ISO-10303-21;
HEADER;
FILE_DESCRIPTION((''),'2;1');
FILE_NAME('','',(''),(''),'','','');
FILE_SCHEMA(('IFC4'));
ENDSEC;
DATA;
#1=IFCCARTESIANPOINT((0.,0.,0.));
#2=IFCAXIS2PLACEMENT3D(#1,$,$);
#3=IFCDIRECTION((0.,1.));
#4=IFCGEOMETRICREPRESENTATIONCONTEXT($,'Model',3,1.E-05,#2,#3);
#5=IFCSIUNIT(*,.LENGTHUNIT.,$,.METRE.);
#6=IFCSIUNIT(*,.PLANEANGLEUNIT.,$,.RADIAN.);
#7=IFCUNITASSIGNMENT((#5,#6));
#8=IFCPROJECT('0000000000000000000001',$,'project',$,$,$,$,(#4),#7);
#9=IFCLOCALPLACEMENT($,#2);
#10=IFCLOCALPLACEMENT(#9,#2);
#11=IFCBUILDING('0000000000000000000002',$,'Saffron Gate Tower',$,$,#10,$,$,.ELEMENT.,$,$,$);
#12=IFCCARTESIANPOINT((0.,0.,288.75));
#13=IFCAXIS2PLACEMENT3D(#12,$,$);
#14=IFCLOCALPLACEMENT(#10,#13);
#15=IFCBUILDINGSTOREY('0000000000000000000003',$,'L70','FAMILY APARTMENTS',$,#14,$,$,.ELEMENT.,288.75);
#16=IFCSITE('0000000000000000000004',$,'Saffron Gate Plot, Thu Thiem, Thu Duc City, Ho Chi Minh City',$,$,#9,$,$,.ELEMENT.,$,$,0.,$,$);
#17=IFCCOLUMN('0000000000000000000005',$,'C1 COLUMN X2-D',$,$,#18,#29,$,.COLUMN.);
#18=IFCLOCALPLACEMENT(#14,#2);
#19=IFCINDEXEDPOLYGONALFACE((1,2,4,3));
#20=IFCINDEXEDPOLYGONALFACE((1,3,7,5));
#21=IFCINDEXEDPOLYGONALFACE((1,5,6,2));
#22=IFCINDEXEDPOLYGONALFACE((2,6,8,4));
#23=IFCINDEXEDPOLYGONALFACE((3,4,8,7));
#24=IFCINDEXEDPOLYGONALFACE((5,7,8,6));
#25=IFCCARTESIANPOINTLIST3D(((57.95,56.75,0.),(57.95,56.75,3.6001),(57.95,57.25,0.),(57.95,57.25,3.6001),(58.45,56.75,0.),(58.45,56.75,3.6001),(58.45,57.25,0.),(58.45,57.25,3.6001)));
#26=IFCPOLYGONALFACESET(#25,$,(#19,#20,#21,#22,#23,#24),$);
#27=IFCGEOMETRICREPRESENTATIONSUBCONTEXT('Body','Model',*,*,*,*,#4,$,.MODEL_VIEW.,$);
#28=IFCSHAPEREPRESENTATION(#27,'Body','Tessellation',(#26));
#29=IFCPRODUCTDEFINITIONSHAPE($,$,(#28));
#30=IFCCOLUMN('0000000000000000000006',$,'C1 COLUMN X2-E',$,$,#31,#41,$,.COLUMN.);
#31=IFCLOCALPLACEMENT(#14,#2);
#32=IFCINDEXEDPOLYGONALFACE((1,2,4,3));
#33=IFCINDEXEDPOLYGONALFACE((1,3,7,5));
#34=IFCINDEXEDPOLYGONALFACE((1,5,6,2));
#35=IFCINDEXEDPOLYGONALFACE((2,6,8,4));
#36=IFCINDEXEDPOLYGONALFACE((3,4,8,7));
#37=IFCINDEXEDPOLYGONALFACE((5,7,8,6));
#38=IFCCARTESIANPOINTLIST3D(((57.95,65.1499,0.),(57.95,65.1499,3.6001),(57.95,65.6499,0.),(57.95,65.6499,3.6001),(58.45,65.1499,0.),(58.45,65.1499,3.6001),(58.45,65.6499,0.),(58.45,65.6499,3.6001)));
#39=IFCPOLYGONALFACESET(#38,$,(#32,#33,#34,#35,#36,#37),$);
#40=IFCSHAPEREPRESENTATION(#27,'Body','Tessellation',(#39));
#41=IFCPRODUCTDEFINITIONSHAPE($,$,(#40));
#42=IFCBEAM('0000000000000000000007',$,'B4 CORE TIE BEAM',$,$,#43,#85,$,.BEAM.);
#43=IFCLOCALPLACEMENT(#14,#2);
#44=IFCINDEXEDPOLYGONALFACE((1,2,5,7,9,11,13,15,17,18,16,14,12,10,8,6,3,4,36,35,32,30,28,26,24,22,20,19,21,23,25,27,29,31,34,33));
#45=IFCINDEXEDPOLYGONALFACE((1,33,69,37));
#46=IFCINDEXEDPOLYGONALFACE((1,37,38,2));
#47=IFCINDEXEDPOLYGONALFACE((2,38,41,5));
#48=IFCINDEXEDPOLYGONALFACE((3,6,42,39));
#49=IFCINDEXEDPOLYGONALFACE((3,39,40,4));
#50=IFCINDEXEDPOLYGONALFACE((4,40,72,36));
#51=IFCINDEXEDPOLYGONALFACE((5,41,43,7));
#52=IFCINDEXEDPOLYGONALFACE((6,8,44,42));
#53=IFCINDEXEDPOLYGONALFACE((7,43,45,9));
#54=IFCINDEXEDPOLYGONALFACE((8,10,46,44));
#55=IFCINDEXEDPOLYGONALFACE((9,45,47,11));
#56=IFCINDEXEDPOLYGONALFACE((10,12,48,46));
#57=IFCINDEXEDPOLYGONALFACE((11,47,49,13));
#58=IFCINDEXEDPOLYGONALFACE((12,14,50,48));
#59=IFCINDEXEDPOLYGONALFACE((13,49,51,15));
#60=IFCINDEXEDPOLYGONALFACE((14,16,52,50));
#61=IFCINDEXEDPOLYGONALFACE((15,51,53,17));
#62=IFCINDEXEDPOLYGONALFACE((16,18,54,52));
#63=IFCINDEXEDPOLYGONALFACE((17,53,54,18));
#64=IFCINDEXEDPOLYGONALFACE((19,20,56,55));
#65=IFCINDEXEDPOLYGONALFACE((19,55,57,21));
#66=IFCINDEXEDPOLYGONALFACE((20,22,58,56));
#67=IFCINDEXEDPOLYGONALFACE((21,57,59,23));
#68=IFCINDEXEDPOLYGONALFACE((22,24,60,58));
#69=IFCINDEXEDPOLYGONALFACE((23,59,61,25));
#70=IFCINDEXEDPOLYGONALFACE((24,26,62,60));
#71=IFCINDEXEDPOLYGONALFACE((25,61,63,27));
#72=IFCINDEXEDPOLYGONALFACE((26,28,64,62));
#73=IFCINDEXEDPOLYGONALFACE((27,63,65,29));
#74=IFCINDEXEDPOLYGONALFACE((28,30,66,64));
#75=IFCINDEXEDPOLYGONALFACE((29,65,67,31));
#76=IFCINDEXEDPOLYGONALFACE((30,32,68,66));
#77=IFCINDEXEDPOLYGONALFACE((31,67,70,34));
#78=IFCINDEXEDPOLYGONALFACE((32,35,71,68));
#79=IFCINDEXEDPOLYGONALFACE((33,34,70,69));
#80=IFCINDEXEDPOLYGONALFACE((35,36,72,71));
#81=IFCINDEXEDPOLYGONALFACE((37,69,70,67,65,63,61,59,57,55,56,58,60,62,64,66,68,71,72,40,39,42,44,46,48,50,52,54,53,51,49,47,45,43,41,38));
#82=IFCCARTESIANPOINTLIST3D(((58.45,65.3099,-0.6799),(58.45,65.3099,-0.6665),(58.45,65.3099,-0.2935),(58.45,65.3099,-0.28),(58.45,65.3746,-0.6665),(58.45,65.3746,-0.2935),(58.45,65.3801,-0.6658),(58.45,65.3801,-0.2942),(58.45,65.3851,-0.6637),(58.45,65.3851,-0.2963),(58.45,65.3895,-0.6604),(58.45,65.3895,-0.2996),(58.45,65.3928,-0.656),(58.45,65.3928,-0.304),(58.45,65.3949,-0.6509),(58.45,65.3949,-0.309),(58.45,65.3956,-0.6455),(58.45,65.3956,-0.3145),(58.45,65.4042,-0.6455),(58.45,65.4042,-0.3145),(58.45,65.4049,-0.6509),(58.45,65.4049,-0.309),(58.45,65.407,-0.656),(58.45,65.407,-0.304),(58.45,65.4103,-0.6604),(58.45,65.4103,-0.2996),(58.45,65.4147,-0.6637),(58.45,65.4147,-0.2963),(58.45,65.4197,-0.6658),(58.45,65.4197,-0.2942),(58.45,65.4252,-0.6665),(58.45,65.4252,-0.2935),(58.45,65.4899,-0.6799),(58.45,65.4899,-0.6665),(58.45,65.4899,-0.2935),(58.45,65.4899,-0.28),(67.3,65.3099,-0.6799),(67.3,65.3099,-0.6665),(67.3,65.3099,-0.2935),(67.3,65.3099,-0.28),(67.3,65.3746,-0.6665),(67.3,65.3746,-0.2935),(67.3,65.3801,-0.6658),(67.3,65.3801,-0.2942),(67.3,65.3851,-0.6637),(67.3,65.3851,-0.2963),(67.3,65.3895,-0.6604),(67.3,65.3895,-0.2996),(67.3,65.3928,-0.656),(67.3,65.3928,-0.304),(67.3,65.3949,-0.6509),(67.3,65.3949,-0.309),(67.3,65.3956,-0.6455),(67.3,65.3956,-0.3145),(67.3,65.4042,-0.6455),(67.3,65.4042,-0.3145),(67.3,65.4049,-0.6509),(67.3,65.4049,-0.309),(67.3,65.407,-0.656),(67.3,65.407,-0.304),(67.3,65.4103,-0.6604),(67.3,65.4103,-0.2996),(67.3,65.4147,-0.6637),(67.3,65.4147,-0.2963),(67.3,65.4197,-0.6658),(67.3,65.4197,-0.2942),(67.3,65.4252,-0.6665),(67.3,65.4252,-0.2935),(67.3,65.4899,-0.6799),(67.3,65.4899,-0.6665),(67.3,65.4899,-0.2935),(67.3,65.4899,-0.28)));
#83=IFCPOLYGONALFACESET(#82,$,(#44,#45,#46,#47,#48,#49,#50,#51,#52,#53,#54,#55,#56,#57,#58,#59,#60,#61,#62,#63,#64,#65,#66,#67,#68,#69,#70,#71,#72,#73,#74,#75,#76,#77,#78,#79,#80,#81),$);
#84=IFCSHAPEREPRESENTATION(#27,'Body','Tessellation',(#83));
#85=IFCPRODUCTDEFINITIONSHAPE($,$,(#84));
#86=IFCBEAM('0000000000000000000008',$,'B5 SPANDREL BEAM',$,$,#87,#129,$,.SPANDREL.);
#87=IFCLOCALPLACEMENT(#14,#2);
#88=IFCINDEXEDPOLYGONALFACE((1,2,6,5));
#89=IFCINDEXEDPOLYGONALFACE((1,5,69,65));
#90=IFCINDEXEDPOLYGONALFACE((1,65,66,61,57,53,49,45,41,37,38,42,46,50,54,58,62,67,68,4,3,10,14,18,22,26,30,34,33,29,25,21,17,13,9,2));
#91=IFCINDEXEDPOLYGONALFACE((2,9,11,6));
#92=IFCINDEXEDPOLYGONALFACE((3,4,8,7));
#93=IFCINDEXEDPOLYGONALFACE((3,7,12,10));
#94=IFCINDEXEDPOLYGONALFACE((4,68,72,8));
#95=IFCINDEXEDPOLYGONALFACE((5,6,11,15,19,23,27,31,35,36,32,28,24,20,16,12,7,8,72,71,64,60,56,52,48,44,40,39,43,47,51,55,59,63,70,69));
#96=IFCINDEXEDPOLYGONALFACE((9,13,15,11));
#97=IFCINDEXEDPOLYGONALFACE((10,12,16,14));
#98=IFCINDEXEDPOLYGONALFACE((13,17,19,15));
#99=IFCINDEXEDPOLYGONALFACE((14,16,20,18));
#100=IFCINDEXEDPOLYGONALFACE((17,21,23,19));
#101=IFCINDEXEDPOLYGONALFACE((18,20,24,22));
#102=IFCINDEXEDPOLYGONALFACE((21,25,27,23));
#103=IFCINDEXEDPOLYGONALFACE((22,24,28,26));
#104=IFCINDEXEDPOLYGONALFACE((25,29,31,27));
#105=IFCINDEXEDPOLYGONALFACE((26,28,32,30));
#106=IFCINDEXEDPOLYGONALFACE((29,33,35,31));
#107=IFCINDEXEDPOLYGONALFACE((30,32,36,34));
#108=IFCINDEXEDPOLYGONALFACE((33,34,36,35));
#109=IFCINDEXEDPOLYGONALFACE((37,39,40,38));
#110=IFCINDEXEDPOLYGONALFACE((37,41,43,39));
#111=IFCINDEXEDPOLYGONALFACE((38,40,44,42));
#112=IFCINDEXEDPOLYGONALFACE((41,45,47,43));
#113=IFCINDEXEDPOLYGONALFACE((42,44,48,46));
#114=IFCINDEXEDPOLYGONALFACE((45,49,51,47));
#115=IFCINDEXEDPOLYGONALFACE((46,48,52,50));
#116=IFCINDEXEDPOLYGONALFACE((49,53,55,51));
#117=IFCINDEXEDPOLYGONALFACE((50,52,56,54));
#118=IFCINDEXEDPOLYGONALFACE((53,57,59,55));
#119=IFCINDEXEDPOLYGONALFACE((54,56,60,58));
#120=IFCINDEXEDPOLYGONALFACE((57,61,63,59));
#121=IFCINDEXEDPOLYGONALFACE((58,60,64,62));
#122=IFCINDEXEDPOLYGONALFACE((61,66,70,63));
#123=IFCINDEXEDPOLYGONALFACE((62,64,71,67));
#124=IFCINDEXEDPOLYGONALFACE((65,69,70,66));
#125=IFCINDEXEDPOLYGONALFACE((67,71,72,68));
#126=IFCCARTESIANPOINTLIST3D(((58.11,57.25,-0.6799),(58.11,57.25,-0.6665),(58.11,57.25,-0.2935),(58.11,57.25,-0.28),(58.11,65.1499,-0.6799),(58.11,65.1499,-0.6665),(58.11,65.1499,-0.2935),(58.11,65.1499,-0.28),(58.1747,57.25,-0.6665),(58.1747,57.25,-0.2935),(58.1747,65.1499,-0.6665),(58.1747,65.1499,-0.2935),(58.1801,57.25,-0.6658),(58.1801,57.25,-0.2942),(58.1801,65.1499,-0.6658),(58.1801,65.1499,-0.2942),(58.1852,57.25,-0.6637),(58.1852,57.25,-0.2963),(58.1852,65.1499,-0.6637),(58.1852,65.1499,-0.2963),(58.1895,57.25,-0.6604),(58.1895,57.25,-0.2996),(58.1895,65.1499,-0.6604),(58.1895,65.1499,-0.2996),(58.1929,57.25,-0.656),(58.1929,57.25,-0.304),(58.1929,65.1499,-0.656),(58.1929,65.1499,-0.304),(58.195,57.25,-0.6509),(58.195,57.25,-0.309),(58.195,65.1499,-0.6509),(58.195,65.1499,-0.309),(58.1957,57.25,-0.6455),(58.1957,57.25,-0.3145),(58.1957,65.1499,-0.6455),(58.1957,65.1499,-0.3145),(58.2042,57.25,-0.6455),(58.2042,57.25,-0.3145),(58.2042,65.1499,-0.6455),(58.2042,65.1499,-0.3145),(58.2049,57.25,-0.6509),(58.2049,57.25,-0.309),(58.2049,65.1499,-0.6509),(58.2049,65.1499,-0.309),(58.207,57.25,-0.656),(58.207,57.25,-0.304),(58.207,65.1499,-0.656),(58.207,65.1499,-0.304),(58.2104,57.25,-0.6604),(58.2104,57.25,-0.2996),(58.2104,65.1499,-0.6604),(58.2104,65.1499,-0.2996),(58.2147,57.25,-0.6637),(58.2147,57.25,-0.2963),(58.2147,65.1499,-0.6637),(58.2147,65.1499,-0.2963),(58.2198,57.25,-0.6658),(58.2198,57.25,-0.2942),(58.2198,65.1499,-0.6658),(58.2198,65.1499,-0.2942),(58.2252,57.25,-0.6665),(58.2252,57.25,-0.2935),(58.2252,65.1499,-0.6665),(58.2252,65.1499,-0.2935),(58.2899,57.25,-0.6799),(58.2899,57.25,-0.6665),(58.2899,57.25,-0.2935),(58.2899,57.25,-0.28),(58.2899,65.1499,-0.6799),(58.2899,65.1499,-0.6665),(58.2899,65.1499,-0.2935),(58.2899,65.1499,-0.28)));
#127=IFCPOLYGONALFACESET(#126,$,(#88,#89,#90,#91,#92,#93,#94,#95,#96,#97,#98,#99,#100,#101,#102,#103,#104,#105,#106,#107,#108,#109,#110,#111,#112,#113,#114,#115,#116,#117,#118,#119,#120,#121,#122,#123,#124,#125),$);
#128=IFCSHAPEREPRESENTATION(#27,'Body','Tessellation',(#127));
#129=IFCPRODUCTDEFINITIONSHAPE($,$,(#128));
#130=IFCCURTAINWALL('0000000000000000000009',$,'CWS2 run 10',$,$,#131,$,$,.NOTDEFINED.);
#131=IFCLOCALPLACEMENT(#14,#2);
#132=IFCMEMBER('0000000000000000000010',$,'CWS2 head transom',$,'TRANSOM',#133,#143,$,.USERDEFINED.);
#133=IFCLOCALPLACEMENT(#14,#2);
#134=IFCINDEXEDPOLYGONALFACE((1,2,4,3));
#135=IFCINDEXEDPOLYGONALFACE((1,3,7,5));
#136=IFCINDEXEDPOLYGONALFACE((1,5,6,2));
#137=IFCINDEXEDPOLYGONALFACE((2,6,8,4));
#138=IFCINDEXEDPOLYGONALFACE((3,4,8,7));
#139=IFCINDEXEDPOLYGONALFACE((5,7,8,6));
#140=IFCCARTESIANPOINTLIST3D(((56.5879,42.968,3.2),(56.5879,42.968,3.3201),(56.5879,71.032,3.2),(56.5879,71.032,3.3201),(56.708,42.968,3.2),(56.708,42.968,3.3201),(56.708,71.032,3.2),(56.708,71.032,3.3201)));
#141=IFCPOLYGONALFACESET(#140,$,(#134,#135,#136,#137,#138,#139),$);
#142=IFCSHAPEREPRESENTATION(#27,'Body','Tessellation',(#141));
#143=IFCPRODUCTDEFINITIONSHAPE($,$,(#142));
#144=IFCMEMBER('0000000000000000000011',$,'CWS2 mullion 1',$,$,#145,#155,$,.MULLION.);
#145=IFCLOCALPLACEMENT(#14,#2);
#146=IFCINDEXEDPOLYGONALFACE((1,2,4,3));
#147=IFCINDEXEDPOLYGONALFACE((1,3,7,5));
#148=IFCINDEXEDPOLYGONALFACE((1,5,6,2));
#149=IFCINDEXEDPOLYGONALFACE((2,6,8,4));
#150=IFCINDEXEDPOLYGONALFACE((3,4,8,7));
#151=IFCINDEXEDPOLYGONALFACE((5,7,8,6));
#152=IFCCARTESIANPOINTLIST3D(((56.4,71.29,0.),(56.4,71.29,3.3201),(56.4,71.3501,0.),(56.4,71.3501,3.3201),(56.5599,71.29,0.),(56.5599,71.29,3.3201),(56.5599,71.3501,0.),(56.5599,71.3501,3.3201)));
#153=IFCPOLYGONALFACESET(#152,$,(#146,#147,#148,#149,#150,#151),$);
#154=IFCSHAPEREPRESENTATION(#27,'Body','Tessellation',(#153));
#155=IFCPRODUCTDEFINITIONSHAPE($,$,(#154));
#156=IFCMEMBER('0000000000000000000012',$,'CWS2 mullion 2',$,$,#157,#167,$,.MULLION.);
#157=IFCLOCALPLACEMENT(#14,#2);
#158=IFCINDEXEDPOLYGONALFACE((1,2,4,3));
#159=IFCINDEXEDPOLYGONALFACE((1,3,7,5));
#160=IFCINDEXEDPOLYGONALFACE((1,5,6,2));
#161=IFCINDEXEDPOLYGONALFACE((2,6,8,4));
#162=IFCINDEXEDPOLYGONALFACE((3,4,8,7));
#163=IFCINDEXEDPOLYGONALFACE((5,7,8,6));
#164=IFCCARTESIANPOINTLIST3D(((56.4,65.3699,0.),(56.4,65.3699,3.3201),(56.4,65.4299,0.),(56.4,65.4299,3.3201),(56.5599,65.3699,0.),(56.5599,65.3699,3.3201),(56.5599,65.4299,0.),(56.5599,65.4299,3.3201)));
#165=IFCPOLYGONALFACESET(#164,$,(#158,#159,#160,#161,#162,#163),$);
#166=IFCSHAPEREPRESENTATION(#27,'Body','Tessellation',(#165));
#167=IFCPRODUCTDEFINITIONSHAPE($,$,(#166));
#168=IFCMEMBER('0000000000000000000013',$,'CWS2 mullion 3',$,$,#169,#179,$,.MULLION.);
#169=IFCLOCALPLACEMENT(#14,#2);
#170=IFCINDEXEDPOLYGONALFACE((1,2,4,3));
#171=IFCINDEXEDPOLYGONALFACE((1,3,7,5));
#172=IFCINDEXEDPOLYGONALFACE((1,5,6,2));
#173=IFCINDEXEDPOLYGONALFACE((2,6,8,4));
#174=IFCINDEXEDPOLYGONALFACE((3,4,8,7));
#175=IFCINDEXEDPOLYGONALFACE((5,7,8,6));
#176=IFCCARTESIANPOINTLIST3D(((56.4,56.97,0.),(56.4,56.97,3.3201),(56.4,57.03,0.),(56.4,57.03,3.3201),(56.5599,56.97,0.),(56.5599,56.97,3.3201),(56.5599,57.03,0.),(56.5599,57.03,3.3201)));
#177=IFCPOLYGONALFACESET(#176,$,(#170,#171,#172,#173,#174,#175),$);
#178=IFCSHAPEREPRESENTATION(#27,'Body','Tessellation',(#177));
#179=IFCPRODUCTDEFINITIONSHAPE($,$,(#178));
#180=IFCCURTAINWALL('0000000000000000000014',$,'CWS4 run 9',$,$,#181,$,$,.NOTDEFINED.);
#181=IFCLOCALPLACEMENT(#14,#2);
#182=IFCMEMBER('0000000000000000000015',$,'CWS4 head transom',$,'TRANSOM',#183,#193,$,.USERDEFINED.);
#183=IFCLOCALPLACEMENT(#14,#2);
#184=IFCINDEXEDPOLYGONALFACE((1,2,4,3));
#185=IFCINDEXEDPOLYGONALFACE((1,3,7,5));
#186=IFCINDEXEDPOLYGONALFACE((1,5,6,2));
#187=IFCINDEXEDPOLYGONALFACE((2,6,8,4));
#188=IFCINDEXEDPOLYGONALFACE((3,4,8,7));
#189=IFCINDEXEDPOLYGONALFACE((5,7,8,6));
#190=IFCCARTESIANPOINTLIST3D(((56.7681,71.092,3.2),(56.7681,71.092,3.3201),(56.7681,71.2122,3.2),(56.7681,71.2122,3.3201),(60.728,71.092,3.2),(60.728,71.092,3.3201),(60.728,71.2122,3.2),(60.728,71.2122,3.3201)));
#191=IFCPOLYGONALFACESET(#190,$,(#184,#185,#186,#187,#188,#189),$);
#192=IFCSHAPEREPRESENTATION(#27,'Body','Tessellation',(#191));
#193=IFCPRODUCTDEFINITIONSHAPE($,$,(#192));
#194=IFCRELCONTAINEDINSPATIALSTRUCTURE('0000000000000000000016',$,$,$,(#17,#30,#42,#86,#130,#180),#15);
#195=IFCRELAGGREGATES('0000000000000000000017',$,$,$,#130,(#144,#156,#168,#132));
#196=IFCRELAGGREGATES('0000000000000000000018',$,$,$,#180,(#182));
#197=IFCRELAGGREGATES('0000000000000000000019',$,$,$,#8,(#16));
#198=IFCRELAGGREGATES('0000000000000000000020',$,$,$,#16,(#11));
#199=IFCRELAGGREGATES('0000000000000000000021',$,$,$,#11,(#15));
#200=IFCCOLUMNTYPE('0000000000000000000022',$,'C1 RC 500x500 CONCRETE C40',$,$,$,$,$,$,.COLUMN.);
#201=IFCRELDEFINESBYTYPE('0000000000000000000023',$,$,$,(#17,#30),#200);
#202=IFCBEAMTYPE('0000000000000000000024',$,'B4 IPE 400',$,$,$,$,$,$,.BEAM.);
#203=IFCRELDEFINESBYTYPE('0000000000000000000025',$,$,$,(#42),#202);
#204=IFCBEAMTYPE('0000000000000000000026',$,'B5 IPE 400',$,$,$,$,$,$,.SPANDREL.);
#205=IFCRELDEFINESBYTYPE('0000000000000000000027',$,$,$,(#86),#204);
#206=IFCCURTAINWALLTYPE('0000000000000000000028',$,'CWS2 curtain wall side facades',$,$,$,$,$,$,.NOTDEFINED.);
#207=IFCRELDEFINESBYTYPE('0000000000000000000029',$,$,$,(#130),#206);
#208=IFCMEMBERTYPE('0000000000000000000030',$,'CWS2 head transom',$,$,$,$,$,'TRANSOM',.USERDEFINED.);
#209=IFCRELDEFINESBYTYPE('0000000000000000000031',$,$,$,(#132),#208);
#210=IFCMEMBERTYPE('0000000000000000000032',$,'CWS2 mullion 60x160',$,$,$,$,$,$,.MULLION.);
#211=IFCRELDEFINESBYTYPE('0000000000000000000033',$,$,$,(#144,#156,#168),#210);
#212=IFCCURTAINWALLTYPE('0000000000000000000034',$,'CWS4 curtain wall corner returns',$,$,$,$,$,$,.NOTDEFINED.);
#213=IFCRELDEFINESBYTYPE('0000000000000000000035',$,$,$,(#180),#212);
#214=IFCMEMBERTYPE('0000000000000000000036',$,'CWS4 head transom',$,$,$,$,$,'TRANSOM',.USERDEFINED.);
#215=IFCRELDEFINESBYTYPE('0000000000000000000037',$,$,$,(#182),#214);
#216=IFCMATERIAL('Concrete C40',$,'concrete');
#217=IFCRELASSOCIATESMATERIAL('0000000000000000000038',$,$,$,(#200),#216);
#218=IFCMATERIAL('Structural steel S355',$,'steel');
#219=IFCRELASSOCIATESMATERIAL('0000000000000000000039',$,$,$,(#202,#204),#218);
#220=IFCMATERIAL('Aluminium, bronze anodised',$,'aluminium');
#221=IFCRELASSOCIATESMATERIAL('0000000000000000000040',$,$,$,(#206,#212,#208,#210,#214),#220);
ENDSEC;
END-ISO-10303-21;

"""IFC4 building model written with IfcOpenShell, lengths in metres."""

from ifc_helpers import new_model, si_unit, direction, frame, origin, origin_2d, place, context, subcontext, project, spatial, rectangle, i_section, extrude, material, material_profile, profile_set, type_object, element, aggregate, save


model = new_model("IFC4")

# Units and contexts
model_context = context("Model", 3, precision=1e-05, world=origin(), true_north=direction((0.0, 1.0)))
body_context = subcontext(model_context, "Body", "Model", "MODEL_VIEW")
ifc_project = project(units=[si_unit("LENGTHUNIT", "METRE"), si_unit("PLANEANGLEUNIT", "RADIAN")], contexts=[model_context])

# Site, building, storey
site_placement = place(None, origin())
site = spatial("IfcSite", under=ifc_project, at=site_placement, Name="Saffron Gate Plot, Thu Thiem, Thu Duc City, Ho Chi Minh City", CompositionType="ELEMENT", RefElevation=0.0)
building_placement = place(site_placement, origin())
building = spatial("IfcBuilding", under=site, at=building_placement, Name="Saffron Gate Tower", CompositionType="ELEMENT")
storey_placement = place(building_placement, frame((0.0, 0.0, 288.75)))
storey = spatial("IfcBuildingStorey", under=building, at=storey_placement, Name="L70", Description="FAMILY APARTMENTS", CompositionType="ELEMENT", Elevation=288.75)

# Columns
ifc_material_1 = material(Name="Concrete C40", Category="concrete")
ifc_material_profile_1 = material_profile(ifc_material_1, rectangle(XDim=0.5, YDim=0.5, at=origin_2d()))
ifc_profile_set_1 = profile_set([ifc_material_profile_1], Name="Concrete C40")
column_type = type_object("IfcColumnType", Name="C1 RC 500x500 CONCRETE C40", PredefinedType="COLUMN", material=ifc_profile_set_1)
for number, where, z_axis, x_axis, name in (
    (1, (58.2, 57.0, 0.0), (0.0, 0.0, 1.0), (1.0, 0.0, 0.0), "C1 COLUMN X2-D"),
    (2, (58.2, 65.3999, 0.0), (0.0, 0.0, 1.0), (1.0, 0.0, 0.0), "C1 COLUMN X2-E"),
):
    element("IfcColumn", number, at=place(storey_placement, frame(where, z_axis=z_axis, x_axis=x_axis)), inside=storey, type_object=column_type, Name=name, PredefinedType="COLUMN", context=body_context, shape_type="SweptSolid", body=[
        extrude(rectangle(XDim=0.5, YDim=0.5, at=origin_2d()), origin(), (0.0, 0.0, 1.0), 3.6001),
    ])

# Beams
ifc_material_2 = material(Name="Structural steel S355", Category="steel")
ifc_material_profile_2 = material_profile(ifc_material_2, i_section(OverallWidth=0.1799, OverallDepth=0.3999, WebThickness=0.0085, FlangeThickness=0.0134, FilletRadius=0.021, at=origin_2d()))
ifc_profile_set_2 = profile_set([ifc_material_profile_2], Name="Structural steel S355")
beam_type_1 = type_object("IfcBeamType", Name="B4 IPE 400", PredefinedType="BEAM", material=ifc_profile_set_2)
beam_1_placement = place(storey_placement, frame((58.45, 65.3999, -0.48), z_axis=(1.0, 0.0, 0.0), x_axis=(0.0, 1.0, 0.0)))
element("IfcBeam", 3, at=beam_1_placement, inside=storey, type_object=beam_type_1, Name="B4 CORE TIE BEAM", PredefinedType="BEAM", context=body_context, shape_type="SweptSolid", body=[
    extrude(i_section(OverallWidth=0.1799, OverallDepth=0.3999, WebThickness=0.0085, FlangeThickness=0.0134, FilletRadius=0.021, at=origin_2d()), origin(), (0.0, 0.0, 1.0), 8.8501),
])
ifc_material_profile_3 = material_profile(ifc_material_2, i_section(OverallWidth=0.1799, OverallDepth=0.3999, WebThickness=0.0085, FlangeThickness=0.0134, FilletRadius=0.021, at=origin_2d()))
ifc_profile_set_3 = profile_set([ifc_material_profile_3], Name="Structural steel S355")
beam_type_2 = type_object("IfcBeamType", Name="B5 IPE 400", PredefinedType="SPANDREL", material=ifc_profile_set_3)
beam_2_placement = place(storey_placement, frame((58.2, 57.25, -0.48), z_axis=(0.0, 1.0, 0.0), x_axis=(-1.0, 0.0, 0.0)))
element("IfcBeam", 4, at=beam_2_placement, inside=storey, type_object=beam_type_2, Name="B5 SPANDREL BEAM", PredefinedType="SPANDREL", context=body_context, shape_type="SweptSolid", body=[
    extrude(i_section(OverallWidth=0.1799, OverallDepth=0.3999, WebThickness=0.0085, FlangeThickness=0.0134, FilletRadius=0.021, at=origin_2d()), origin(), (0.0, 0.0, 1.0), 7.8999),
])

# Curtain walls, members
ifc_material_3 = material(Name="Aluminium, bronze anodised", Category="aluminium")
curtain_wall_type_1 = type_object("IfcCurtainWallType", Name="CWS2 curtain wall side facades", PredefinedType="NOTDEFINED", material=ifc_material_3)
curtain_wall_1_placement = place(storey_placement, origin())
curtain_wall_1 = element("IfcCurtainWall", 5, at=curtain_wall_1_placement, inside=storey, type_object=curtain_wall_type_1, Name="CWS2 run 10", PredefinedType="NOTDEFINED")
ifc_material_profile_4 = material_profile(ifc_material_3, rectangle(XDim=0.1201, YDim=0.1201, at=origin_2d()))
ifc_profile_set_4 = profile_set([ifc_material_profile_4], Name="Aluminium, bronze anodised")
member_type_1 = type_object("IfcMemberType", Name="CWS2 head transom", ElementType="TRANSOM", PredefinedType="USERDEFINED", material=ifc_profile_set_4)
member_1_placement = place(storey_placement, frame((56.6479, 71.032, 3.26), z_axis=(0.0, -1.0, 0.0), x_axis=(1.0, 0.0, 0.0)))
member_1 = element("IfcMember", 6, at=member_1_placement, type_object=member_type_1, Name="CWS2 head transom", ObjectType="TRANSOM", PredefinedType="USERDEFINED", context=body_context, shape_type="SweptSolid", body=[
    extrude(rectangle(XDim=0.1201, YDim=0.1201, at=origin_2d()), origin(), (0.0, 0.0, 1.0), 28.064),
])
ifc_material_profile_5 = material_profile(ifc_material_3, rectangle(XDim=0.1599, YDim=0.0601, at=origin_2d()))
ifc_profile_set_5 = profile_set([ifc_material_profile_5], Name="Aluminium, bronze anodised")
member_type_2 = type_object("IfcMemberType", Name="CWS2 mullion 60x160", PredefinedType="MULLION", material=ifc_profile_set_5)
member_2_placement = place(storey_placement, frame((56.48, 71.3201, 0.0), z_axis=(0.0, 0.0, 1.0), x_axis=(1.0, 0.0, 0.0)))
member_2 = element("IfcMember", 7, at=member_2_placement, type_object=member_type_2, Name="CWS2 mullion 1", PredefinedType="MULLION", context=body_context, shape_type="SweptSolid", body=[
    extrude(rectangle(XDim=0.1599, YDim=0.0601, at=origin_2d()), origin(), (0.0, 0.0, 1.0), 3.3201),
])
member_3_placement = place(storey_placement, frame((56.48, 65.3999, 0.0), z_axis=(0.0, 0.0, 1.0), x_axis=(1.0, 0.0, 0.0)))
member_3 = element("IfcMember", 8, at=member_3_placement, type_object=member_type_2, Name="CWS2 mullion 2", PredefinedType="MULLION", context=body_context, shape_type="SweptSolid", body=[
    extrude(rectangle(XDim=0.1599, YDim=0.0601, at=origin_2d()), origin(), (0.0, 0.0, 1.0), 3.3201),
])
member_4_placement = place(storey_placement, frame((56.48, 57.0, 0.0), z_axis=(0.0, 0.0, 1.0), x_axis=(1.0, 0.0, 0.0)))
member_4 = element("IfcMember", 9, at=member_4_placement, type_object=member_type_2, Name="CWS2 mullion 3", PredefinedType="MULLION", context=body_context, shape_type="SweptSolid", body=[
    extrude(rectangle(XDim=0.1599, YDim=0.0601, at=origin_2d()), origin(), (0.0, 0.0, 1.0), 3.3201),
])
curtain_wall_type_2 = type_object("IfcCurtainWallType", Name="CWS4 curtain wall corner returns", PredefinedType="NOTDEFINED", material=ifc_material_3)
curtain_wall_2_placement = place(storey_placement, origin())
curtain_wall_2 = element("IfcCurtainWall", 10, at=curtain_wall_2_placement, inside=storey, type_object=curtain_wall_type_2, Name="CWS4 run 9", PredefinedType="NOTDEFINED")
ifc_material_profile_6 = material_profile(ifc_material_3, rectangle(XDim=0.1201, YDim=0.1201, at=origin_2d()))
ifc_profile_set_6 = profile_set([ifc_material_profile_6], Name="Aluminium, bronze anodised")
member_type_3 = type_object("IfcMemberType", Name="CWS4 head transom", ElementType="TRANSOM", PredefinedType="USERDEFINED", material=ifc_profile_set_6)
member_5_placement = place(storey_placement, frame((60.728, 71.1521, 3.26), z_axis=(-1.0, 0.0, 0.0), x_axis=(0.0, -1.0, 0.0)))
member_5 = element("IfcMember", 11, at=member_5_placement, type_object=member_type_3, Name="CWS4 head transom", ObjectType="TRANSOM", PredefinedType="USERDEFINED", context=body_context, shape_type="SweptSolid", body=[
    extrude(rectangle(XDim=0.1201, YDim=0.1201, at=origin_2d()), origin(), (0.0, 0.0, 1.0), 3.96),
])

aggregate(curtain_wall_1, [member_2, member_3, member_4, member_1])

aggregate(curtain_wall_2, [member_5])

save(model, "model.ifc")
